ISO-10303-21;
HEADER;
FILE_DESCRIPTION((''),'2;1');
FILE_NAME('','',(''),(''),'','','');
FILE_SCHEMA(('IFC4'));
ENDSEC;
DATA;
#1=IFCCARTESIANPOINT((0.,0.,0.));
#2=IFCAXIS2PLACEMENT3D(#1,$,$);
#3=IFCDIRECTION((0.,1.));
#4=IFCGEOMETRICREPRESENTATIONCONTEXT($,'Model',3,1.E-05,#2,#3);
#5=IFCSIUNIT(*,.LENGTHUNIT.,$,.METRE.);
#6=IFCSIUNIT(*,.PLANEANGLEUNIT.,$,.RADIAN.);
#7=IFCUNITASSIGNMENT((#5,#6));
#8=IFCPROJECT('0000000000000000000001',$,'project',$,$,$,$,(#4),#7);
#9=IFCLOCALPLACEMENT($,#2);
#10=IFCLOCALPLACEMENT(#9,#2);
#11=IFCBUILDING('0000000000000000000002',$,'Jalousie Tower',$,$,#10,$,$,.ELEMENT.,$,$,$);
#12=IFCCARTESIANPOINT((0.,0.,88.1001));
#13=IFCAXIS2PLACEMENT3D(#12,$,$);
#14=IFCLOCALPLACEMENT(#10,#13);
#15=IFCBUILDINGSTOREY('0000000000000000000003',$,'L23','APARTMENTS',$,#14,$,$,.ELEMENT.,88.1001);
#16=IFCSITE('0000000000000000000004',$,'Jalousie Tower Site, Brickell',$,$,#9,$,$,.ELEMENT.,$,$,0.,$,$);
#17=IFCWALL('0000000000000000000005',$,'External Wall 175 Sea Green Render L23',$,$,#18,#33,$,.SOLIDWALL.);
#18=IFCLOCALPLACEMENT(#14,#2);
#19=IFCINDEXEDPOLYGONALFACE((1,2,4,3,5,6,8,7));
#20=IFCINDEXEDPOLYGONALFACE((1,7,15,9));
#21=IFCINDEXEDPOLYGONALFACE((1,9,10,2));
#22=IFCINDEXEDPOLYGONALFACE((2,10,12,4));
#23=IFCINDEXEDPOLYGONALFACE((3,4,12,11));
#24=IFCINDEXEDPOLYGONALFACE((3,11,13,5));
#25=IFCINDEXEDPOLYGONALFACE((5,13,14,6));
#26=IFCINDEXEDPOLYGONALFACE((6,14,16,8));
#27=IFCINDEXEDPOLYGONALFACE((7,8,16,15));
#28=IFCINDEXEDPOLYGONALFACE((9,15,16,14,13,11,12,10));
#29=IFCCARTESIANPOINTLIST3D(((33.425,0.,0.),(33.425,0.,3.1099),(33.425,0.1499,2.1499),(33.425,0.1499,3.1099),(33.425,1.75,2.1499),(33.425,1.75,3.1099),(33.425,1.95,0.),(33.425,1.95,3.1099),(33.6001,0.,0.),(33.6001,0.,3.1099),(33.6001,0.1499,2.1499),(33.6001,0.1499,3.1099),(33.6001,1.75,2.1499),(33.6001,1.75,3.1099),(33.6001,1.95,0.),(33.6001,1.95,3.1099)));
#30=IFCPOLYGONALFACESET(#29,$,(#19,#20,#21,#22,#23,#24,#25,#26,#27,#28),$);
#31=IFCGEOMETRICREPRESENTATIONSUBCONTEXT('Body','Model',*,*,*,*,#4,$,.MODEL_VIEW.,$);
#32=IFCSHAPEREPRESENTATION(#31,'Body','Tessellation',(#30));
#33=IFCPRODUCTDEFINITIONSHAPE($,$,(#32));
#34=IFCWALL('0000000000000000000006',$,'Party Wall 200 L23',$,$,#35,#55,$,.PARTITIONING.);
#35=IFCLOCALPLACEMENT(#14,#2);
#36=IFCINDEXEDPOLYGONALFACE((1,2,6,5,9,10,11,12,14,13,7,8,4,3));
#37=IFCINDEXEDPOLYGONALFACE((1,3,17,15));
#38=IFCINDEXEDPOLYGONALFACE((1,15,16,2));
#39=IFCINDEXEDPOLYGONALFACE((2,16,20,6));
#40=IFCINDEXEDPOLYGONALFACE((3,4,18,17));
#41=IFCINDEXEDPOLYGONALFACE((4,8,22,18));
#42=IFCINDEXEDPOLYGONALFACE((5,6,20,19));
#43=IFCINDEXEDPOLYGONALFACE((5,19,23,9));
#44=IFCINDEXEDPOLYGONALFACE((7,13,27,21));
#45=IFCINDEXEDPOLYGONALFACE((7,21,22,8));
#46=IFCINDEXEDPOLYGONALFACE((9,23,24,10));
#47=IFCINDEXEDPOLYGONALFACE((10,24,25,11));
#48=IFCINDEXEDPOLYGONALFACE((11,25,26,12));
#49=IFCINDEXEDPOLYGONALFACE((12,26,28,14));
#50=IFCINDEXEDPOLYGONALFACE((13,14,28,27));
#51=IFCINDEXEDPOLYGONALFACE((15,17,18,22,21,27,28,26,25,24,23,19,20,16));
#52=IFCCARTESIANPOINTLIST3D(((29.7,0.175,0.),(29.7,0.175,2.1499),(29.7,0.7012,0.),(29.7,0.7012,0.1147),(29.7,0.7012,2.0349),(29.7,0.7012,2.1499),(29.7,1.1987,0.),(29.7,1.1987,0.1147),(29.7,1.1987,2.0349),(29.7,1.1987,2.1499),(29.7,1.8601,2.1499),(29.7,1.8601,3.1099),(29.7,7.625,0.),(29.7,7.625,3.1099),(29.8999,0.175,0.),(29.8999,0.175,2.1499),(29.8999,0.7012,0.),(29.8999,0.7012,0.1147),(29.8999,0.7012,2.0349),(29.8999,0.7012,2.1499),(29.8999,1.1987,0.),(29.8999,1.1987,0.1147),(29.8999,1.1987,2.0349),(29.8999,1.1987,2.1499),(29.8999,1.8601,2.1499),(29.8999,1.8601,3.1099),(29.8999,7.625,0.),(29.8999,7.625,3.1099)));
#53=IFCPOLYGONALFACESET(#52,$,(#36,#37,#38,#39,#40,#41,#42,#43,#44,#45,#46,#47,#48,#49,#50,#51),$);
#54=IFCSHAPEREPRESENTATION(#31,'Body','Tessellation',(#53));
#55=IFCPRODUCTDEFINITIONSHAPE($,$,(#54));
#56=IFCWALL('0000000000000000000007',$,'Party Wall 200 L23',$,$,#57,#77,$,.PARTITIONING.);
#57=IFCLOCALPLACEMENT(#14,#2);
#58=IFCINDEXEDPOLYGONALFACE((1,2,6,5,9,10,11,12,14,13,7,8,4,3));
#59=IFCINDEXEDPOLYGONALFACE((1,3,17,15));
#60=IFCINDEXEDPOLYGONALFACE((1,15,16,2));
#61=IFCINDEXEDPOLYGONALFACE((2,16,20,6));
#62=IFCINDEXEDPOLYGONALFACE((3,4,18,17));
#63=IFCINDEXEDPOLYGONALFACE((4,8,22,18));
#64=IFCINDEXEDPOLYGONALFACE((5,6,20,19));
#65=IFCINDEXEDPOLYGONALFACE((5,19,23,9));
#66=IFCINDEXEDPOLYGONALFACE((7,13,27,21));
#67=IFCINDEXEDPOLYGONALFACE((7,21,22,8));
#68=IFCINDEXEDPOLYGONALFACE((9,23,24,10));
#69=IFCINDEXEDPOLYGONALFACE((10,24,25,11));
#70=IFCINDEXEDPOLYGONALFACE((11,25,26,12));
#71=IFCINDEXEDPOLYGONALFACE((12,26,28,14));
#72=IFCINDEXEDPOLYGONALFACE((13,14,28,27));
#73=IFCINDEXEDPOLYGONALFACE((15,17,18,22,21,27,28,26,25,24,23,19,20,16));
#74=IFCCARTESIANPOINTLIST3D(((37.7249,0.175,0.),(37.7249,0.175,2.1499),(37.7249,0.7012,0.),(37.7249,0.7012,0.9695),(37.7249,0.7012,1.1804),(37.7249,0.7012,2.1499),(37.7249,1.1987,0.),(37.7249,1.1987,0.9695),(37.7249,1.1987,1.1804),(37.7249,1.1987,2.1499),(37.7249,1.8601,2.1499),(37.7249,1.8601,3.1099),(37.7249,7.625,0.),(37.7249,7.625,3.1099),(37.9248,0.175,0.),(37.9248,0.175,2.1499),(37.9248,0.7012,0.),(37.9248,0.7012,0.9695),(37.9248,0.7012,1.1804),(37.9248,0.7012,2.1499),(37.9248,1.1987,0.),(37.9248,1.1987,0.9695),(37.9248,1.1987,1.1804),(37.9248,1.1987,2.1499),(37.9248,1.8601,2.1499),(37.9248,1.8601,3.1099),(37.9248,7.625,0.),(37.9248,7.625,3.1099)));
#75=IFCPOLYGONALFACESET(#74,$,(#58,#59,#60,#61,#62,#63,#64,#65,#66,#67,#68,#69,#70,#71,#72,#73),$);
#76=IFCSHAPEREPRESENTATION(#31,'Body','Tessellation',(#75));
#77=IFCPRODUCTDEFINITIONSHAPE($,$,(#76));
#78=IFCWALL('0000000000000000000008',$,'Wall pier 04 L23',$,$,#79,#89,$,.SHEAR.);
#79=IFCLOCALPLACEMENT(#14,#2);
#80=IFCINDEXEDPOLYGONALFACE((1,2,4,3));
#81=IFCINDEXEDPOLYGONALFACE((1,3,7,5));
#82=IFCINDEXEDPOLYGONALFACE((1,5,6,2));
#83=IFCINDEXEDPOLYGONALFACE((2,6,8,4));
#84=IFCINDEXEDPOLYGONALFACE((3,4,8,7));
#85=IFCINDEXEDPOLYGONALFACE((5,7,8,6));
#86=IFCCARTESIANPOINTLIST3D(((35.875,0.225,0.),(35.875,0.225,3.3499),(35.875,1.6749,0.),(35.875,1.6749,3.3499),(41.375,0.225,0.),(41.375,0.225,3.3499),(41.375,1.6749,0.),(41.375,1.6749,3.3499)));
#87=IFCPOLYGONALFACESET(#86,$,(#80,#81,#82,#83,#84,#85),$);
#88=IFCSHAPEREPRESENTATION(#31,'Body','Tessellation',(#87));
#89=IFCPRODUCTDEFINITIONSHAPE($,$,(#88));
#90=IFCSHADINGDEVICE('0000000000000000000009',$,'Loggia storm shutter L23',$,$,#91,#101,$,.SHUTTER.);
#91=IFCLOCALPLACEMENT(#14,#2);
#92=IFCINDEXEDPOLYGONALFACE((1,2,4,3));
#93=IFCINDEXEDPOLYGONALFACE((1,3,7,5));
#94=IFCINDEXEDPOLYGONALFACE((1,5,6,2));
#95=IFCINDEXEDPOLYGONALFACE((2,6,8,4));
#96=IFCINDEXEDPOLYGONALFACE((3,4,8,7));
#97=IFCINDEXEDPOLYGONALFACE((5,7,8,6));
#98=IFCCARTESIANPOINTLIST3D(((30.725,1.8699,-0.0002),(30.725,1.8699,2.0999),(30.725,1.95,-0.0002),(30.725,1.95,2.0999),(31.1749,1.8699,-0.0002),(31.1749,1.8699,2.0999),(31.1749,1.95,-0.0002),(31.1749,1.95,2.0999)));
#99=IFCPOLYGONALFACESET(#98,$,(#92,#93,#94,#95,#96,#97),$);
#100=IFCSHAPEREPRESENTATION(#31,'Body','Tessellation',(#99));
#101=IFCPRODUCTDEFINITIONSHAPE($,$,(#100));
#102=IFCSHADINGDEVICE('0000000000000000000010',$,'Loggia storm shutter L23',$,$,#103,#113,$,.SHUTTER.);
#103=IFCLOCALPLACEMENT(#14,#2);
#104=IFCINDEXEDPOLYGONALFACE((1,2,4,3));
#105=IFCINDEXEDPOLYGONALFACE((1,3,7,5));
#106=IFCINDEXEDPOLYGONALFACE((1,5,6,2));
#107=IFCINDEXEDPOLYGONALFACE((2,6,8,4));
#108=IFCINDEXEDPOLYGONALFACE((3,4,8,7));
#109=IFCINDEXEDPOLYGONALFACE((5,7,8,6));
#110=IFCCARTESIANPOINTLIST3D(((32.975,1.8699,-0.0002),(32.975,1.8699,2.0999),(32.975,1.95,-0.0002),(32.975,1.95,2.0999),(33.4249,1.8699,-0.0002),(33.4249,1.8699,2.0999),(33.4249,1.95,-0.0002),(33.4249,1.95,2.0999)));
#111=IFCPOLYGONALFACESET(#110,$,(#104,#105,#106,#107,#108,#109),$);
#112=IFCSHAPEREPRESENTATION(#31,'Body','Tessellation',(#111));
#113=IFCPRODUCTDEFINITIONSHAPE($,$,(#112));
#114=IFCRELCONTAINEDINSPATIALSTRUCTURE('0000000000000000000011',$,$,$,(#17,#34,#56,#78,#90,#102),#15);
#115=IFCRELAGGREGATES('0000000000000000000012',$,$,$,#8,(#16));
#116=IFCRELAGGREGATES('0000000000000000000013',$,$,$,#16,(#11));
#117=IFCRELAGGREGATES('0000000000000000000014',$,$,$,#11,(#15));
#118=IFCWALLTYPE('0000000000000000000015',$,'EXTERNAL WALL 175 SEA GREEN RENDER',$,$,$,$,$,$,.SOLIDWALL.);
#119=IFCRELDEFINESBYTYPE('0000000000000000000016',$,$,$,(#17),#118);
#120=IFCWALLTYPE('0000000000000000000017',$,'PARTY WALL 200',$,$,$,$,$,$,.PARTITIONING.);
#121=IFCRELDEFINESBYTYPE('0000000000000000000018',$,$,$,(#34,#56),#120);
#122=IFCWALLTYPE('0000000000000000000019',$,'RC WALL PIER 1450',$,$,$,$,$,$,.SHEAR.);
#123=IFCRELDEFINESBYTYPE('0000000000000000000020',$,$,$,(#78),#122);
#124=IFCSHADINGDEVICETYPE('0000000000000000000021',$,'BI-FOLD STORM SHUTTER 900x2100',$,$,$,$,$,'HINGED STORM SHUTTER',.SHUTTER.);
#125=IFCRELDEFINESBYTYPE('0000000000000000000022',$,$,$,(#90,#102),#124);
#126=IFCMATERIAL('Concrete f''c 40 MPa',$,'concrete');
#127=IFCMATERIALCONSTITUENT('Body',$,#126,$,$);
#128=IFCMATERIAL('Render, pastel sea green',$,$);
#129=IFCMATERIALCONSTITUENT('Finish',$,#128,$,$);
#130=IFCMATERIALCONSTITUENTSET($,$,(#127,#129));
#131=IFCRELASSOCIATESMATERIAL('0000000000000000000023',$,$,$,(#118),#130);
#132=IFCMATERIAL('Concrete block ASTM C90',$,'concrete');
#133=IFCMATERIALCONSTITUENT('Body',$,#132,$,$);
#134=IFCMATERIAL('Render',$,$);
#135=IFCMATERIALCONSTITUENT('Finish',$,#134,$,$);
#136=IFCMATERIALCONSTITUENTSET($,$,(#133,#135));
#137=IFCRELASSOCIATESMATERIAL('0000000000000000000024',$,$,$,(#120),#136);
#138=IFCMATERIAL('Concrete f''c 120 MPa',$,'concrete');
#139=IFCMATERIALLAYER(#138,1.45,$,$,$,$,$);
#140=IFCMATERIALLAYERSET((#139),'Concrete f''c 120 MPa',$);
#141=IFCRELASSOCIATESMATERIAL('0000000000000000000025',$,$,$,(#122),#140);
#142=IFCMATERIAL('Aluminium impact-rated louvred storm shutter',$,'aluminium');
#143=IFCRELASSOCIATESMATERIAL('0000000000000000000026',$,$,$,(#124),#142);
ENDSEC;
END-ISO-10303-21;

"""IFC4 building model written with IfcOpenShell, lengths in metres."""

from ifc_helpers import new_model, si_unit, direction, frame, frame_2d, origin, origin_2d, place, context, subcontext, project, spatial, polyline, rectangle, outline, extrude, material, layer, layer_set, constituent, constituent_set, type_object, element, save


model = new_model("IFC4")

# Units and contexts
model_context = context("Model", 3, precision=1e-05, world=origin(), true_north=direction((0.0, 1.0)))
body_context = subcontext(model_context, "Body", "Model", "MODEL_VIEW")
ifc_project = project(units=[si_unit("LENGTHUNIT", "METRE"), si_unit("PLANEANGLEUNIT", "RADIAN")], contexts=[model_context])

# Site, building, storey
site_placement = place(None, origin())
site = spatial("IfcSite", under=ifc_project, at=site_placement, Name="Jalousie Tower Site, Brickell", CompositionType="ELEMENT", RefElevation=0.0)
building_placement = place(site_placement, origin())
building = spatial("IfcBuilding", under=site, at=building_placement, Name="Jalousie Tower", CompositionType="ELEMENT")
storey_placement = place(building_placement, frame((0.0, 0.0, 88.1001)))
storey = spatial("IfcBuildingStorey", under=building, at=storey_placement, Name="L23", Description="APARTMENTS", CompositionType="ELEMENT", Elevation=88.1001)

# Shared definitions
ifc_material_1 = material(Name="Concrete f'c 40 MPa", Category="concrete")
ifc_constituent_1 = constituent(ifc_material_1, Name="Body")
ifc_material_2 = material(Name="Render, pastel sea green")
ifc_constituent_2 = constituent(ifc_material_2, Name="Finish")
ifc_constituent_set_1 = constituent_set(constituents=[ifc_constituent_1, ifc_constituent_2])
wall_type_1 = type_object("IfcWallType", Name="EXTERNAL WALL 175 SEA GREEN RENDER", PredefinedType="SOLIDWALL", material=ifc_constituent_set_1)

# Walls
for number, where, z_axis, x_axis, name in (
    (1, (33.5125, 0.0, 0.0), (0.0, 0.0, 1.0), (0.0, 1.0, 0.0), "External Wall 175 Sea Green Render L23"),
):
    element("IfcWall", number, at=place(storey_placement, frame(where, z_axis=z_axis, x_axis=x_axis)), inside=storey, type_object=wall_type_1, Name=name, PredefinedType="SOLIDWALL", context=body_context, shape_type="SweptSolid", body=[
        extrude(outline(polyline([(0.0, 0.0), (1.95, 0.0), (1.95, 3.1099), (1.75, 3.1099), (1.75, 2.1499), (0.1499, 2.1499), (0.1499, 3.1099), (0.0, 3.1099), (0.0, 0.0)])), frame((0.0, 0.0874, 0.0), z_axis=(0.0, -1.0, 0.0), x_axis=(1.0, 0.0, 0.0)), (0.0, 0.0, 1.0), 0.175),
    ])
ifc_material_3 = material(Name="Concrete block ASTM C90", Category="concrete")
ifc_constituent_3 = constituent(ifc_material_3, Name="Body")
ifc_material_4 = material(Name="Render")
ifc_constituent_4 = constituent(ifc_material_4, Name="Finish")
ifc_constituent_set_2 = constituent_set(constituents=[ifc_constituent_3, ifc_constituent_4])
wall_type_2 = type_object("IfcWallType", Name="PARTY WALL 200", PredefinedType="PARTITIONING", material=ifc_constituent_set_2)
wall_1_placement = place(storey_placement, frame((29.8, 0.175, 0.0), z_axis=(0.0, 0.0, 1.0), x_axis=(0.0, 1.0, 0.0)))
element("IfcWall", 2, at=wall_1_placement, inside=storey, type_object=wall_type_2, Name="Party Wall 200 L23", PredefinedType="PARTITIONING", context=body_context, shape_type="SweptSolid", body=[
    extrude(outline(polyline([(0.5261, 2.1499), (0.0, 2.1499), (0.0, 0.0), (0.5261, 0.0), (0.5261, 0.1147), (1.0237, 0.1147), (1.0237, 0.0), (7.45, 0.0), (7.45, 3.1099), (1.6851, 3.1099), (1.6851, 2.1499), (1.0237, 2.1499), (1.0237, 2.0349), (0.5261, 2.0349), (0.5261, 2.1499)])), frame((0.0, 0.1001, 0.0), z_axis=(0.0, -1.0, 0.0), x_axis=(1.0, 0.0, 0.0)), (0.0, 0.0, 1.0), 0.2),
])
wall_2_placement = place(storey_placement, frame((37.825, 0.175, 0.0), z_axis=(0.0, 0.0, 1.0), x_axis=(0.0, 1.0, 0.0)))
element("IfcWall", 3, at=wall_2_placement, inside=storey, type_object=wall_type_2, Name="Party Wall 200 L23", PredefinedType="PARTITIONING", context=body_context, shape_type="SweptSolid", body=[
    extrude(outline(polyline([(0.5261, 2.1499), (0.0, 2.1499), (0.0, 0.0), (0.5261, 0.0), (0.5261, 0.9695), (1.0237, 0.9695), (1.0237, 0.0), (7.45, 0.0), (7.45, 3.1099), (1.6851, 3.1099), (1.6851, 2.1499), (1.0237, 2.1499), (1.0237, 1.1804), (0.5261, 1.1804), (0.5261, 2.1499)])), frame((0.0, 0.1001, 0.0), z_axis=(0.0, -1.0, 0.0), x_axis=(1.0, 0.0, 0.0)), (0.0, 0.0, 1.0), 0.2),
])
ifc_material_5 = material(Name="Concrete f'c 120 MPa", Category="concrete")
ifc_layer_1 = layer(ifc_material_5, 1.45)
ifc_layer_set_1 = layer_set([ifc_layer_1], Name="Concrete f'c 120 MPa")
wall_type_3 = type_object("IfcWallType", Name="RC WALL PIER 1450", PredefinedType="SHEAR", material=ifc_layer_set_1)
wall_3_placement = place(storey_placement, frame((35.875, 0.95, 0.0), z_axis=(0.0, 0.0, 1.0), x_axis=(1.0, 0.0, 0.0)))
element("IfcWall", 4, at=wall_3_placement, inside=storey, type_object=wall_type_3, Name="Wall pier 04 L23", PredefinedType="SHEAR", context=body_context, shape_type="SweptSolid", body=[
    extrude(rectangle(XDim=5.5, YDim=1.45, at=frame_2d((2.75, 0.0))), origin(), (0.0, 0.0, 1.0), 3.3499),
])

# Shading devices
ifc_material_6 = material(Name="Aluminium impact-rated louvred storm shutter", Category="aluminium")
shading_device_type_1 = type_object("IfcShadingDeviceType", Name="BI-FOLD STORM SHUTTER 900x2100", ElementType="HINGED STORM SHUTTER", PredefinedType="SHUTTER", material=ifc_material_6)
for number, where, z_axis, x_axis, name in (
    (5, (30.95, 1.9099, -0.0002), (0.0, 0.0, 1.0), (1.0, 0.0, 0.0), "Loggia storm shutter L23"),
    (6, (33.2, 1.9099, -0.0002), (0.0, 0.0, 1.0), (1.0, 0.0, 0.0), "Loggia storm shutter L23"),
):
    element("IfcShadingDevice", number, at=place(storey_placement, frame(where, z_axis=z_axis, x_axis=x_axis)), inside=storey, type_object=shading_device_type_1, Name=name, PredefinedType="SHUTTER", context=body_context, shape_type="SweptSolid", body=[
        extrude(rectangle(XDim=0.45, YDim=0.0801, at=origin_2d()), origin(), (0.0, 0.0, 1.0), 2.1001),
    ])

save(model, "model.ifc")
